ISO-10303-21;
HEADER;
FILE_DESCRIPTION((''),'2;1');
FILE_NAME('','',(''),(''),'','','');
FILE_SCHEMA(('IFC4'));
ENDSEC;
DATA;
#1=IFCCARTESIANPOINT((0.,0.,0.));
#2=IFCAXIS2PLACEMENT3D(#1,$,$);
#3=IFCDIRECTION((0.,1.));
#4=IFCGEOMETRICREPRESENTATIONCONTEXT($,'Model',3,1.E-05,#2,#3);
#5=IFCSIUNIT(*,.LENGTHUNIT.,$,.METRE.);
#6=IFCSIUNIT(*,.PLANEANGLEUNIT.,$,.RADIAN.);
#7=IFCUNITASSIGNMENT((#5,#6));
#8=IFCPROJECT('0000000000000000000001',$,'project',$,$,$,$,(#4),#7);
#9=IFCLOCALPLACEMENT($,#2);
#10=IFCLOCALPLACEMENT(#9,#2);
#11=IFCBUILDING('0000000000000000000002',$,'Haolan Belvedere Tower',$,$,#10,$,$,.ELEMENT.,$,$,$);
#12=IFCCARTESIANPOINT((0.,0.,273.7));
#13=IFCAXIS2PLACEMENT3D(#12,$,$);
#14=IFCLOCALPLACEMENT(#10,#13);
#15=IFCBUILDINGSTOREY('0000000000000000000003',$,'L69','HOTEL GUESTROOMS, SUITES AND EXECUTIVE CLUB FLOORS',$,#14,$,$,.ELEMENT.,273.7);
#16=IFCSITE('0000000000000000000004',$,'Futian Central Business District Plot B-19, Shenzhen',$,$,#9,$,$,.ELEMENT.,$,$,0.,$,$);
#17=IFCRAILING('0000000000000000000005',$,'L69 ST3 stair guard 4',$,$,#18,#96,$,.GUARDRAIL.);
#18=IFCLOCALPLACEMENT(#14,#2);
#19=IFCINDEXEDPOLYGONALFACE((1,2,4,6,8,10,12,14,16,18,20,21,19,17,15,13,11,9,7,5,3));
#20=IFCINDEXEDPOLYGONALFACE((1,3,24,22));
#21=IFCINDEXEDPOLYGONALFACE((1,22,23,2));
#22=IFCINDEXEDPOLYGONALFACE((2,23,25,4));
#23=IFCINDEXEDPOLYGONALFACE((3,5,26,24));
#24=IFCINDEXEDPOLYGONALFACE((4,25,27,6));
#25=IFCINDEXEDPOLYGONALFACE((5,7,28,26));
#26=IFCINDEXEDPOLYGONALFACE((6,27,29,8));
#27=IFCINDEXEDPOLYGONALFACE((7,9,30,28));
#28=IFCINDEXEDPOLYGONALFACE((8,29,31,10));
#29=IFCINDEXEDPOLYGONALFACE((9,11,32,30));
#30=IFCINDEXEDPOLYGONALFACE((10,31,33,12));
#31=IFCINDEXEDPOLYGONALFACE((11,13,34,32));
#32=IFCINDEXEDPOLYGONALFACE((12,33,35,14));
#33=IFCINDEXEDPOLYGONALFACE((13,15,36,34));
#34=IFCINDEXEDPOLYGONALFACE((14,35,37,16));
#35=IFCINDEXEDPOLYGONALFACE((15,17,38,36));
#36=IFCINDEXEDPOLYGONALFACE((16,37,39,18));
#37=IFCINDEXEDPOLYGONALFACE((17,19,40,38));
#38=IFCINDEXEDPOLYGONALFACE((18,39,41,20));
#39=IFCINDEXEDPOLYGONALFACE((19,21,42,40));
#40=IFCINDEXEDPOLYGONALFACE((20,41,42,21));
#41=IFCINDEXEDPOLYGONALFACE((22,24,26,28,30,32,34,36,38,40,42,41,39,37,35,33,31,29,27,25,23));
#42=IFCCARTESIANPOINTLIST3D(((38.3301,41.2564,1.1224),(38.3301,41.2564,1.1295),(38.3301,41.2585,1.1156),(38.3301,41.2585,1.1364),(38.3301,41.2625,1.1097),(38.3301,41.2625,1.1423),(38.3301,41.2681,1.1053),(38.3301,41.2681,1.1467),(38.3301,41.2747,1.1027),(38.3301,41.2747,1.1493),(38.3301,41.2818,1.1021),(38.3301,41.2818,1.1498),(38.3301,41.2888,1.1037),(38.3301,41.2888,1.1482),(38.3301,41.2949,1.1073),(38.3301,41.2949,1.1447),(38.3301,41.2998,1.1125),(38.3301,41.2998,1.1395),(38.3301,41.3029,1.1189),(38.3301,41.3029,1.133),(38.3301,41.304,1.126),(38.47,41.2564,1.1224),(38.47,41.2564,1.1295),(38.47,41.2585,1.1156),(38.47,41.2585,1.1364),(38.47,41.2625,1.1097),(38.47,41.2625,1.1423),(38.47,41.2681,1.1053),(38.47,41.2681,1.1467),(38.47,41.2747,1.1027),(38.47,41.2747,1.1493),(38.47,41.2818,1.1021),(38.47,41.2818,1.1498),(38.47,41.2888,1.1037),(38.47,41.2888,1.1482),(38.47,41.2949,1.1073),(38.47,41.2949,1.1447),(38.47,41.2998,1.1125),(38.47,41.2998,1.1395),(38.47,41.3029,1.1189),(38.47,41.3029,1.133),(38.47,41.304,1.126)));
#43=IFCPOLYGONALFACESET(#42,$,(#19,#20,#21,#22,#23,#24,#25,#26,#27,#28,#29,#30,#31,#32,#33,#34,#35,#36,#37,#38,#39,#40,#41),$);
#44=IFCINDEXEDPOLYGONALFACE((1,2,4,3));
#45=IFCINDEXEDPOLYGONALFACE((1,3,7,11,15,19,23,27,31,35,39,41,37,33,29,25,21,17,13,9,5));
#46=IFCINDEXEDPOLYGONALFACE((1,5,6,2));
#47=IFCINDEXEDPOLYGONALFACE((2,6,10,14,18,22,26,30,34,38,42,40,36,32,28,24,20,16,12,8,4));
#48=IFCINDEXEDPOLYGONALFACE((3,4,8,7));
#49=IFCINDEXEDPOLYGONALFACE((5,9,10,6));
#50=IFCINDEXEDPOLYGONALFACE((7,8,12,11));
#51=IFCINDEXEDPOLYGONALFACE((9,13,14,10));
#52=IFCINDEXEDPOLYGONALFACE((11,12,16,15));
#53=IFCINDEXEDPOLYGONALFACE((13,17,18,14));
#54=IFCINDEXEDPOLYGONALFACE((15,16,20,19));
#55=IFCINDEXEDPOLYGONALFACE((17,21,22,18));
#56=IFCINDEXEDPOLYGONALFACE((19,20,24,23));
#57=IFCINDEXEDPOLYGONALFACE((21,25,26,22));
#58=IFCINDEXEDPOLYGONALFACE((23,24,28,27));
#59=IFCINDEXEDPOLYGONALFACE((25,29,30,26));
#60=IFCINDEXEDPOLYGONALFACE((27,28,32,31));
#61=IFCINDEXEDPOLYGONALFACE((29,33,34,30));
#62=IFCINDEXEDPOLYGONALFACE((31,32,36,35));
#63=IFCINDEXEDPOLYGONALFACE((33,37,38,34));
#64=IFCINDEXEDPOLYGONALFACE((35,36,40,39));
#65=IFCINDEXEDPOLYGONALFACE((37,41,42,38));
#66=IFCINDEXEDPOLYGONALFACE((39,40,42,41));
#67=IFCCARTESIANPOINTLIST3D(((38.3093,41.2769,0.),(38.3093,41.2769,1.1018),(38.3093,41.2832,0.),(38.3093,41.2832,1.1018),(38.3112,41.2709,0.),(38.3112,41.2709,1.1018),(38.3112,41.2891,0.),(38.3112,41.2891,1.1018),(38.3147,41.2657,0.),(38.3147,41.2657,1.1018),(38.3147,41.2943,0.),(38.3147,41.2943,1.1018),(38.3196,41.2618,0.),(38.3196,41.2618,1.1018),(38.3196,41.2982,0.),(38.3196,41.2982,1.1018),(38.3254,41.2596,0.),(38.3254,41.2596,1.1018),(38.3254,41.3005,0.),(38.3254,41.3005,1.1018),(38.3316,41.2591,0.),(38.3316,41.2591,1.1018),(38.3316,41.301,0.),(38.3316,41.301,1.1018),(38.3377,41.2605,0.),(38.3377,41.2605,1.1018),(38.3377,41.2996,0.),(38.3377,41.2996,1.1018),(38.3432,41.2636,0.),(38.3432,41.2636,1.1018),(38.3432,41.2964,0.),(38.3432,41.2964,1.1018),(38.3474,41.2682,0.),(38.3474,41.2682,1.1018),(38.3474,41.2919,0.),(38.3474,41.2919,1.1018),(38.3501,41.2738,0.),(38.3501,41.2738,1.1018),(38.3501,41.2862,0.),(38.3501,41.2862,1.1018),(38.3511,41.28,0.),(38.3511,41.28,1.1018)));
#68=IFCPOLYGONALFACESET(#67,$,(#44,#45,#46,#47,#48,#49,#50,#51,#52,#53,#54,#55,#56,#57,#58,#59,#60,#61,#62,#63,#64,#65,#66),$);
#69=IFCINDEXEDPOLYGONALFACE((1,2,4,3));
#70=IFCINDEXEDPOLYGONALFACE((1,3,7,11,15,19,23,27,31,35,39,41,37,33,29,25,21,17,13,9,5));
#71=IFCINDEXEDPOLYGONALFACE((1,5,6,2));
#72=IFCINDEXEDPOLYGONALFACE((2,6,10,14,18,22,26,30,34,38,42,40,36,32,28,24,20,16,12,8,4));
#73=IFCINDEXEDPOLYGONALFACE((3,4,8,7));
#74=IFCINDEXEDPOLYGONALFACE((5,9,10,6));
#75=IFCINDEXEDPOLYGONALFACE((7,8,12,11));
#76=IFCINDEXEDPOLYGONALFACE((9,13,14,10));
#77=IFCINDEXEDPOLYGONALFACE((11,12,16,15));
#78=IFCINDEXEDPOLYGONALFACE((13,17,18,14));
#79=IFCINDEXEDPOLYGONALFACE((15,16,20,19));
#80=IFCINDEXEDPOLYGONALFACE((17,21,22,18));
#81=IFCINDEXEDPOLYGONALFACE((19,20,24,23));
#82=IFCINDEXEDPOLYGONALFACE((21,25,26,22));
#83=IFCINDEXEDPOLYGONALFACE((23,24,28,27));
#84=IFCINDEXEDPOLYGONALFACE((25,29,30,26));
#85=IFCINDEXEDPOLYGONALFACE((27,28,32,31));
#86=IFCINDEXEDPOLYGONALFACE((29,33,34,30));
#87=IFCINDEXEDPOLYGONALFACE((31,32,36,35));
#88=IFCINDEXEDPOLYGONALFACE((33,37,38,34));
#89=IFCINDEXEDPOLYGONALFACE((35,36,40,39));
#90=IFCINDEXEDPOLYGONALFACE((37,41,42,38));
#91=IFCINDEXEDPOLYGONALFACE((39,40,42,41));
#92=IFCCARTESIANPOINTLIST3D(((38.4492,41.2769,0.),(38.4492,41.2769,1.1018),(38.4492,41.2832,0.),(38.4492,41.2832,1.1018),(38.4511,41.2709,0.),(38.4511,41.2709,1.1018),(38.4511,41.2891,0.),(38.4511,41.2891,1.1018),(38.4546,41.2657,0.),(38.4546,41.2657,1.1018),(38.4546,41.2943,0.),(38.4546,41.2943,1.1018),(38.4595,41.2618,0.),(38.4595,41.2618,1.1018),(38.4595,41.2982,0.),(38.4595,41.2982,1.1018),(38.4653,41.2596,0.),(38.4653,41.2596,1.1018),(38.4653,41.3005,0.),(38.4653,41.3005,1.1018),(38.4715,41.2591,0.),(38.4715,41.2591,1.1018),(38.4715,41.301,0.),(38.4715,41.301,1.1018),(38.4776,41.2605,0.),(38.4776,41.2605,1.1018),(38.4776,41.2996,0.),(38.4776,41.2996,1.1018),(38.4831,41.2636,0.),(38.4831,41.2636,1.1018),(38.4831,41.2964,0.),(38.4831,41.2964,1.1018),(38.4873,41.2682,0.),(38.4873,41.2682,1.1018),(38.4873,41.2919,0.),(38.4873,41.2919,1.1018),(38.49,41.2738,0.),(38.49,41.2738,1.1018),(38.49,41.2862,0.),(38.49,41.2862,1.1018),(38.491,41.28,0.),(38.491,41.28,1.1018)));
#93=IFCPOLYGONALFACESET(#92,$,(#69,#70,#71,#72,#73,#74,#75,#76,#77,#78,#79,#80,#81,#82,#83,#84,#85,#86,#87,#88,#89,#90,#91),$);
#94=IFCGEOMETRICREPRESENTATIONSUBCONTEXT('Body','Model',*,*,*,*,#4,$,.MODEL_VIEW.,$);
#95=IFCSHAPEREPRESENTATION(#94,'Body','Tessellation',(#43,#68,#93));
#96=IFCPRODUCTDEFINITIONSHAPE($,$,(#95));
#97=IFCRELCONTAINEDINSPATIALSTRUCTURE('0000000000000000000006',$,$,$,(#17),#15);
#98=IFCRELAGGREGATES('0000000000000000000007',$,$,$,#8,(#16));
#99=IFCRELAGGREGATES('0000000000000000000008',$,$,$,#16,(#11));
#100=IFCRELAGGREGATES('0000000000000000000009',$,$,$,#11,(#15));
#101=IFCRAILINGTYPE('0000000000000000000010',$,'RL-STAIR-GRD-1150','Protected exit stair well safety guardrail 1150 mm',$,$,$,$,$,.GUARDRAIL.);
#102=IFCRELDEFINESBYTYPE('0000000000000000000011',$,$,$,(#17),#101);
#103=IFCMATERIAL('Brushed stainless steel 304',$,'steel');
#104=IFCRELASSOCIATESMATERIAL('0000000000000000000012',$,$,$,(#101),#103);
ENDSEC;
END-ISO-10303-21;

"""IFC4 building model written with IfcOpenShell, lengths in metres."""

from ifc_helpers import new_model, si_unit, direction, frame, origin, origin_2d, place, context, subcontext, project, spatial, circle, extrude, material, type_object, element, save


model = new_model("IFC4")

# Units and contexts
model_context = context("Model", 3, precision=1e-05, world=origin(), true_north=direction((0.0, 1.0)))
body_context = subcontext(model_context, "Body", "Model", "MODEL_VIEW")
ifc_project = project(units=[si_unit("LENGTHUNIT", "METRE"), si_unit("PLANEANGLEUNIT", "RADIAN")], contexts=[model_context])

# Site, building, storey
site_placement = place(None, origin())
site = spatial("IfcSite", under=ifc_project, at=site_placement, Name="Futian Central Business District Plot B-19, Shenzhen", CompositionType="ELEMENT", RefElevation=0.0)
building_placement = place(site_placement, origin())
building = spatial("IfcBuilding", under=site, at=building_placement, Name="Haolan Belvedere Tower", CompositionType="ELEMENT")
storey_placement = place(building_placement, frame((0.0, 0.0, 273.7)))
storey = spatial("IfcBuildingStorey", under=building, at=storey_placement, Name="L69", Description="HOTEL GUESTROOMS, SUITES AND EXECUTIVE CLUB FLOORS", CompositionType="ELEMENT", Elevation=273.7)

# Railing
ifc_material_1 = material(Name="Brushed stainless steel 304", Category="steel")
railing_type_1 = type_object("IfcRailingType", Name="RL-STAIR-GRD-1150", Description="Protected exit stair well safety guardrail 1150 mm", PredefinedType="GUARDRAIL", material=ifc_material_1)
railing_1_placement = place(storey_placement, frame((38.3301, 41.28, 0.0)))
element("IfcRailing", 1, at=railing_1_placement, inside=storey, type_object=railing_type_1, Name="L69 ST3 stair guard 4", PredefinedType="GUARDRAIL", context=body_context, shape_type="SweptSolid", body=[
    extrude(circle(Radius=0.0239, at=origin_2d()), frame((0.0, 0.0, 1.126), z_axis=(1.0, 0.0, 0.0), x_axis=(0.0, 1.0, 0.0)), (0.0, 0.0, 1.0), 0.1399),
    extrude(circle(Radius=0.021, at=origin_2d()), origin(), (0.0, 0.0, 1.0), 1.1018),
    extrude(circle(Radius=0.021, at=origin_2d()), frame((0.1399, 0.0, 0.0)), (0.0, 0.0, 1.0), 1.1018),
])

save(model, "model.ifc")
